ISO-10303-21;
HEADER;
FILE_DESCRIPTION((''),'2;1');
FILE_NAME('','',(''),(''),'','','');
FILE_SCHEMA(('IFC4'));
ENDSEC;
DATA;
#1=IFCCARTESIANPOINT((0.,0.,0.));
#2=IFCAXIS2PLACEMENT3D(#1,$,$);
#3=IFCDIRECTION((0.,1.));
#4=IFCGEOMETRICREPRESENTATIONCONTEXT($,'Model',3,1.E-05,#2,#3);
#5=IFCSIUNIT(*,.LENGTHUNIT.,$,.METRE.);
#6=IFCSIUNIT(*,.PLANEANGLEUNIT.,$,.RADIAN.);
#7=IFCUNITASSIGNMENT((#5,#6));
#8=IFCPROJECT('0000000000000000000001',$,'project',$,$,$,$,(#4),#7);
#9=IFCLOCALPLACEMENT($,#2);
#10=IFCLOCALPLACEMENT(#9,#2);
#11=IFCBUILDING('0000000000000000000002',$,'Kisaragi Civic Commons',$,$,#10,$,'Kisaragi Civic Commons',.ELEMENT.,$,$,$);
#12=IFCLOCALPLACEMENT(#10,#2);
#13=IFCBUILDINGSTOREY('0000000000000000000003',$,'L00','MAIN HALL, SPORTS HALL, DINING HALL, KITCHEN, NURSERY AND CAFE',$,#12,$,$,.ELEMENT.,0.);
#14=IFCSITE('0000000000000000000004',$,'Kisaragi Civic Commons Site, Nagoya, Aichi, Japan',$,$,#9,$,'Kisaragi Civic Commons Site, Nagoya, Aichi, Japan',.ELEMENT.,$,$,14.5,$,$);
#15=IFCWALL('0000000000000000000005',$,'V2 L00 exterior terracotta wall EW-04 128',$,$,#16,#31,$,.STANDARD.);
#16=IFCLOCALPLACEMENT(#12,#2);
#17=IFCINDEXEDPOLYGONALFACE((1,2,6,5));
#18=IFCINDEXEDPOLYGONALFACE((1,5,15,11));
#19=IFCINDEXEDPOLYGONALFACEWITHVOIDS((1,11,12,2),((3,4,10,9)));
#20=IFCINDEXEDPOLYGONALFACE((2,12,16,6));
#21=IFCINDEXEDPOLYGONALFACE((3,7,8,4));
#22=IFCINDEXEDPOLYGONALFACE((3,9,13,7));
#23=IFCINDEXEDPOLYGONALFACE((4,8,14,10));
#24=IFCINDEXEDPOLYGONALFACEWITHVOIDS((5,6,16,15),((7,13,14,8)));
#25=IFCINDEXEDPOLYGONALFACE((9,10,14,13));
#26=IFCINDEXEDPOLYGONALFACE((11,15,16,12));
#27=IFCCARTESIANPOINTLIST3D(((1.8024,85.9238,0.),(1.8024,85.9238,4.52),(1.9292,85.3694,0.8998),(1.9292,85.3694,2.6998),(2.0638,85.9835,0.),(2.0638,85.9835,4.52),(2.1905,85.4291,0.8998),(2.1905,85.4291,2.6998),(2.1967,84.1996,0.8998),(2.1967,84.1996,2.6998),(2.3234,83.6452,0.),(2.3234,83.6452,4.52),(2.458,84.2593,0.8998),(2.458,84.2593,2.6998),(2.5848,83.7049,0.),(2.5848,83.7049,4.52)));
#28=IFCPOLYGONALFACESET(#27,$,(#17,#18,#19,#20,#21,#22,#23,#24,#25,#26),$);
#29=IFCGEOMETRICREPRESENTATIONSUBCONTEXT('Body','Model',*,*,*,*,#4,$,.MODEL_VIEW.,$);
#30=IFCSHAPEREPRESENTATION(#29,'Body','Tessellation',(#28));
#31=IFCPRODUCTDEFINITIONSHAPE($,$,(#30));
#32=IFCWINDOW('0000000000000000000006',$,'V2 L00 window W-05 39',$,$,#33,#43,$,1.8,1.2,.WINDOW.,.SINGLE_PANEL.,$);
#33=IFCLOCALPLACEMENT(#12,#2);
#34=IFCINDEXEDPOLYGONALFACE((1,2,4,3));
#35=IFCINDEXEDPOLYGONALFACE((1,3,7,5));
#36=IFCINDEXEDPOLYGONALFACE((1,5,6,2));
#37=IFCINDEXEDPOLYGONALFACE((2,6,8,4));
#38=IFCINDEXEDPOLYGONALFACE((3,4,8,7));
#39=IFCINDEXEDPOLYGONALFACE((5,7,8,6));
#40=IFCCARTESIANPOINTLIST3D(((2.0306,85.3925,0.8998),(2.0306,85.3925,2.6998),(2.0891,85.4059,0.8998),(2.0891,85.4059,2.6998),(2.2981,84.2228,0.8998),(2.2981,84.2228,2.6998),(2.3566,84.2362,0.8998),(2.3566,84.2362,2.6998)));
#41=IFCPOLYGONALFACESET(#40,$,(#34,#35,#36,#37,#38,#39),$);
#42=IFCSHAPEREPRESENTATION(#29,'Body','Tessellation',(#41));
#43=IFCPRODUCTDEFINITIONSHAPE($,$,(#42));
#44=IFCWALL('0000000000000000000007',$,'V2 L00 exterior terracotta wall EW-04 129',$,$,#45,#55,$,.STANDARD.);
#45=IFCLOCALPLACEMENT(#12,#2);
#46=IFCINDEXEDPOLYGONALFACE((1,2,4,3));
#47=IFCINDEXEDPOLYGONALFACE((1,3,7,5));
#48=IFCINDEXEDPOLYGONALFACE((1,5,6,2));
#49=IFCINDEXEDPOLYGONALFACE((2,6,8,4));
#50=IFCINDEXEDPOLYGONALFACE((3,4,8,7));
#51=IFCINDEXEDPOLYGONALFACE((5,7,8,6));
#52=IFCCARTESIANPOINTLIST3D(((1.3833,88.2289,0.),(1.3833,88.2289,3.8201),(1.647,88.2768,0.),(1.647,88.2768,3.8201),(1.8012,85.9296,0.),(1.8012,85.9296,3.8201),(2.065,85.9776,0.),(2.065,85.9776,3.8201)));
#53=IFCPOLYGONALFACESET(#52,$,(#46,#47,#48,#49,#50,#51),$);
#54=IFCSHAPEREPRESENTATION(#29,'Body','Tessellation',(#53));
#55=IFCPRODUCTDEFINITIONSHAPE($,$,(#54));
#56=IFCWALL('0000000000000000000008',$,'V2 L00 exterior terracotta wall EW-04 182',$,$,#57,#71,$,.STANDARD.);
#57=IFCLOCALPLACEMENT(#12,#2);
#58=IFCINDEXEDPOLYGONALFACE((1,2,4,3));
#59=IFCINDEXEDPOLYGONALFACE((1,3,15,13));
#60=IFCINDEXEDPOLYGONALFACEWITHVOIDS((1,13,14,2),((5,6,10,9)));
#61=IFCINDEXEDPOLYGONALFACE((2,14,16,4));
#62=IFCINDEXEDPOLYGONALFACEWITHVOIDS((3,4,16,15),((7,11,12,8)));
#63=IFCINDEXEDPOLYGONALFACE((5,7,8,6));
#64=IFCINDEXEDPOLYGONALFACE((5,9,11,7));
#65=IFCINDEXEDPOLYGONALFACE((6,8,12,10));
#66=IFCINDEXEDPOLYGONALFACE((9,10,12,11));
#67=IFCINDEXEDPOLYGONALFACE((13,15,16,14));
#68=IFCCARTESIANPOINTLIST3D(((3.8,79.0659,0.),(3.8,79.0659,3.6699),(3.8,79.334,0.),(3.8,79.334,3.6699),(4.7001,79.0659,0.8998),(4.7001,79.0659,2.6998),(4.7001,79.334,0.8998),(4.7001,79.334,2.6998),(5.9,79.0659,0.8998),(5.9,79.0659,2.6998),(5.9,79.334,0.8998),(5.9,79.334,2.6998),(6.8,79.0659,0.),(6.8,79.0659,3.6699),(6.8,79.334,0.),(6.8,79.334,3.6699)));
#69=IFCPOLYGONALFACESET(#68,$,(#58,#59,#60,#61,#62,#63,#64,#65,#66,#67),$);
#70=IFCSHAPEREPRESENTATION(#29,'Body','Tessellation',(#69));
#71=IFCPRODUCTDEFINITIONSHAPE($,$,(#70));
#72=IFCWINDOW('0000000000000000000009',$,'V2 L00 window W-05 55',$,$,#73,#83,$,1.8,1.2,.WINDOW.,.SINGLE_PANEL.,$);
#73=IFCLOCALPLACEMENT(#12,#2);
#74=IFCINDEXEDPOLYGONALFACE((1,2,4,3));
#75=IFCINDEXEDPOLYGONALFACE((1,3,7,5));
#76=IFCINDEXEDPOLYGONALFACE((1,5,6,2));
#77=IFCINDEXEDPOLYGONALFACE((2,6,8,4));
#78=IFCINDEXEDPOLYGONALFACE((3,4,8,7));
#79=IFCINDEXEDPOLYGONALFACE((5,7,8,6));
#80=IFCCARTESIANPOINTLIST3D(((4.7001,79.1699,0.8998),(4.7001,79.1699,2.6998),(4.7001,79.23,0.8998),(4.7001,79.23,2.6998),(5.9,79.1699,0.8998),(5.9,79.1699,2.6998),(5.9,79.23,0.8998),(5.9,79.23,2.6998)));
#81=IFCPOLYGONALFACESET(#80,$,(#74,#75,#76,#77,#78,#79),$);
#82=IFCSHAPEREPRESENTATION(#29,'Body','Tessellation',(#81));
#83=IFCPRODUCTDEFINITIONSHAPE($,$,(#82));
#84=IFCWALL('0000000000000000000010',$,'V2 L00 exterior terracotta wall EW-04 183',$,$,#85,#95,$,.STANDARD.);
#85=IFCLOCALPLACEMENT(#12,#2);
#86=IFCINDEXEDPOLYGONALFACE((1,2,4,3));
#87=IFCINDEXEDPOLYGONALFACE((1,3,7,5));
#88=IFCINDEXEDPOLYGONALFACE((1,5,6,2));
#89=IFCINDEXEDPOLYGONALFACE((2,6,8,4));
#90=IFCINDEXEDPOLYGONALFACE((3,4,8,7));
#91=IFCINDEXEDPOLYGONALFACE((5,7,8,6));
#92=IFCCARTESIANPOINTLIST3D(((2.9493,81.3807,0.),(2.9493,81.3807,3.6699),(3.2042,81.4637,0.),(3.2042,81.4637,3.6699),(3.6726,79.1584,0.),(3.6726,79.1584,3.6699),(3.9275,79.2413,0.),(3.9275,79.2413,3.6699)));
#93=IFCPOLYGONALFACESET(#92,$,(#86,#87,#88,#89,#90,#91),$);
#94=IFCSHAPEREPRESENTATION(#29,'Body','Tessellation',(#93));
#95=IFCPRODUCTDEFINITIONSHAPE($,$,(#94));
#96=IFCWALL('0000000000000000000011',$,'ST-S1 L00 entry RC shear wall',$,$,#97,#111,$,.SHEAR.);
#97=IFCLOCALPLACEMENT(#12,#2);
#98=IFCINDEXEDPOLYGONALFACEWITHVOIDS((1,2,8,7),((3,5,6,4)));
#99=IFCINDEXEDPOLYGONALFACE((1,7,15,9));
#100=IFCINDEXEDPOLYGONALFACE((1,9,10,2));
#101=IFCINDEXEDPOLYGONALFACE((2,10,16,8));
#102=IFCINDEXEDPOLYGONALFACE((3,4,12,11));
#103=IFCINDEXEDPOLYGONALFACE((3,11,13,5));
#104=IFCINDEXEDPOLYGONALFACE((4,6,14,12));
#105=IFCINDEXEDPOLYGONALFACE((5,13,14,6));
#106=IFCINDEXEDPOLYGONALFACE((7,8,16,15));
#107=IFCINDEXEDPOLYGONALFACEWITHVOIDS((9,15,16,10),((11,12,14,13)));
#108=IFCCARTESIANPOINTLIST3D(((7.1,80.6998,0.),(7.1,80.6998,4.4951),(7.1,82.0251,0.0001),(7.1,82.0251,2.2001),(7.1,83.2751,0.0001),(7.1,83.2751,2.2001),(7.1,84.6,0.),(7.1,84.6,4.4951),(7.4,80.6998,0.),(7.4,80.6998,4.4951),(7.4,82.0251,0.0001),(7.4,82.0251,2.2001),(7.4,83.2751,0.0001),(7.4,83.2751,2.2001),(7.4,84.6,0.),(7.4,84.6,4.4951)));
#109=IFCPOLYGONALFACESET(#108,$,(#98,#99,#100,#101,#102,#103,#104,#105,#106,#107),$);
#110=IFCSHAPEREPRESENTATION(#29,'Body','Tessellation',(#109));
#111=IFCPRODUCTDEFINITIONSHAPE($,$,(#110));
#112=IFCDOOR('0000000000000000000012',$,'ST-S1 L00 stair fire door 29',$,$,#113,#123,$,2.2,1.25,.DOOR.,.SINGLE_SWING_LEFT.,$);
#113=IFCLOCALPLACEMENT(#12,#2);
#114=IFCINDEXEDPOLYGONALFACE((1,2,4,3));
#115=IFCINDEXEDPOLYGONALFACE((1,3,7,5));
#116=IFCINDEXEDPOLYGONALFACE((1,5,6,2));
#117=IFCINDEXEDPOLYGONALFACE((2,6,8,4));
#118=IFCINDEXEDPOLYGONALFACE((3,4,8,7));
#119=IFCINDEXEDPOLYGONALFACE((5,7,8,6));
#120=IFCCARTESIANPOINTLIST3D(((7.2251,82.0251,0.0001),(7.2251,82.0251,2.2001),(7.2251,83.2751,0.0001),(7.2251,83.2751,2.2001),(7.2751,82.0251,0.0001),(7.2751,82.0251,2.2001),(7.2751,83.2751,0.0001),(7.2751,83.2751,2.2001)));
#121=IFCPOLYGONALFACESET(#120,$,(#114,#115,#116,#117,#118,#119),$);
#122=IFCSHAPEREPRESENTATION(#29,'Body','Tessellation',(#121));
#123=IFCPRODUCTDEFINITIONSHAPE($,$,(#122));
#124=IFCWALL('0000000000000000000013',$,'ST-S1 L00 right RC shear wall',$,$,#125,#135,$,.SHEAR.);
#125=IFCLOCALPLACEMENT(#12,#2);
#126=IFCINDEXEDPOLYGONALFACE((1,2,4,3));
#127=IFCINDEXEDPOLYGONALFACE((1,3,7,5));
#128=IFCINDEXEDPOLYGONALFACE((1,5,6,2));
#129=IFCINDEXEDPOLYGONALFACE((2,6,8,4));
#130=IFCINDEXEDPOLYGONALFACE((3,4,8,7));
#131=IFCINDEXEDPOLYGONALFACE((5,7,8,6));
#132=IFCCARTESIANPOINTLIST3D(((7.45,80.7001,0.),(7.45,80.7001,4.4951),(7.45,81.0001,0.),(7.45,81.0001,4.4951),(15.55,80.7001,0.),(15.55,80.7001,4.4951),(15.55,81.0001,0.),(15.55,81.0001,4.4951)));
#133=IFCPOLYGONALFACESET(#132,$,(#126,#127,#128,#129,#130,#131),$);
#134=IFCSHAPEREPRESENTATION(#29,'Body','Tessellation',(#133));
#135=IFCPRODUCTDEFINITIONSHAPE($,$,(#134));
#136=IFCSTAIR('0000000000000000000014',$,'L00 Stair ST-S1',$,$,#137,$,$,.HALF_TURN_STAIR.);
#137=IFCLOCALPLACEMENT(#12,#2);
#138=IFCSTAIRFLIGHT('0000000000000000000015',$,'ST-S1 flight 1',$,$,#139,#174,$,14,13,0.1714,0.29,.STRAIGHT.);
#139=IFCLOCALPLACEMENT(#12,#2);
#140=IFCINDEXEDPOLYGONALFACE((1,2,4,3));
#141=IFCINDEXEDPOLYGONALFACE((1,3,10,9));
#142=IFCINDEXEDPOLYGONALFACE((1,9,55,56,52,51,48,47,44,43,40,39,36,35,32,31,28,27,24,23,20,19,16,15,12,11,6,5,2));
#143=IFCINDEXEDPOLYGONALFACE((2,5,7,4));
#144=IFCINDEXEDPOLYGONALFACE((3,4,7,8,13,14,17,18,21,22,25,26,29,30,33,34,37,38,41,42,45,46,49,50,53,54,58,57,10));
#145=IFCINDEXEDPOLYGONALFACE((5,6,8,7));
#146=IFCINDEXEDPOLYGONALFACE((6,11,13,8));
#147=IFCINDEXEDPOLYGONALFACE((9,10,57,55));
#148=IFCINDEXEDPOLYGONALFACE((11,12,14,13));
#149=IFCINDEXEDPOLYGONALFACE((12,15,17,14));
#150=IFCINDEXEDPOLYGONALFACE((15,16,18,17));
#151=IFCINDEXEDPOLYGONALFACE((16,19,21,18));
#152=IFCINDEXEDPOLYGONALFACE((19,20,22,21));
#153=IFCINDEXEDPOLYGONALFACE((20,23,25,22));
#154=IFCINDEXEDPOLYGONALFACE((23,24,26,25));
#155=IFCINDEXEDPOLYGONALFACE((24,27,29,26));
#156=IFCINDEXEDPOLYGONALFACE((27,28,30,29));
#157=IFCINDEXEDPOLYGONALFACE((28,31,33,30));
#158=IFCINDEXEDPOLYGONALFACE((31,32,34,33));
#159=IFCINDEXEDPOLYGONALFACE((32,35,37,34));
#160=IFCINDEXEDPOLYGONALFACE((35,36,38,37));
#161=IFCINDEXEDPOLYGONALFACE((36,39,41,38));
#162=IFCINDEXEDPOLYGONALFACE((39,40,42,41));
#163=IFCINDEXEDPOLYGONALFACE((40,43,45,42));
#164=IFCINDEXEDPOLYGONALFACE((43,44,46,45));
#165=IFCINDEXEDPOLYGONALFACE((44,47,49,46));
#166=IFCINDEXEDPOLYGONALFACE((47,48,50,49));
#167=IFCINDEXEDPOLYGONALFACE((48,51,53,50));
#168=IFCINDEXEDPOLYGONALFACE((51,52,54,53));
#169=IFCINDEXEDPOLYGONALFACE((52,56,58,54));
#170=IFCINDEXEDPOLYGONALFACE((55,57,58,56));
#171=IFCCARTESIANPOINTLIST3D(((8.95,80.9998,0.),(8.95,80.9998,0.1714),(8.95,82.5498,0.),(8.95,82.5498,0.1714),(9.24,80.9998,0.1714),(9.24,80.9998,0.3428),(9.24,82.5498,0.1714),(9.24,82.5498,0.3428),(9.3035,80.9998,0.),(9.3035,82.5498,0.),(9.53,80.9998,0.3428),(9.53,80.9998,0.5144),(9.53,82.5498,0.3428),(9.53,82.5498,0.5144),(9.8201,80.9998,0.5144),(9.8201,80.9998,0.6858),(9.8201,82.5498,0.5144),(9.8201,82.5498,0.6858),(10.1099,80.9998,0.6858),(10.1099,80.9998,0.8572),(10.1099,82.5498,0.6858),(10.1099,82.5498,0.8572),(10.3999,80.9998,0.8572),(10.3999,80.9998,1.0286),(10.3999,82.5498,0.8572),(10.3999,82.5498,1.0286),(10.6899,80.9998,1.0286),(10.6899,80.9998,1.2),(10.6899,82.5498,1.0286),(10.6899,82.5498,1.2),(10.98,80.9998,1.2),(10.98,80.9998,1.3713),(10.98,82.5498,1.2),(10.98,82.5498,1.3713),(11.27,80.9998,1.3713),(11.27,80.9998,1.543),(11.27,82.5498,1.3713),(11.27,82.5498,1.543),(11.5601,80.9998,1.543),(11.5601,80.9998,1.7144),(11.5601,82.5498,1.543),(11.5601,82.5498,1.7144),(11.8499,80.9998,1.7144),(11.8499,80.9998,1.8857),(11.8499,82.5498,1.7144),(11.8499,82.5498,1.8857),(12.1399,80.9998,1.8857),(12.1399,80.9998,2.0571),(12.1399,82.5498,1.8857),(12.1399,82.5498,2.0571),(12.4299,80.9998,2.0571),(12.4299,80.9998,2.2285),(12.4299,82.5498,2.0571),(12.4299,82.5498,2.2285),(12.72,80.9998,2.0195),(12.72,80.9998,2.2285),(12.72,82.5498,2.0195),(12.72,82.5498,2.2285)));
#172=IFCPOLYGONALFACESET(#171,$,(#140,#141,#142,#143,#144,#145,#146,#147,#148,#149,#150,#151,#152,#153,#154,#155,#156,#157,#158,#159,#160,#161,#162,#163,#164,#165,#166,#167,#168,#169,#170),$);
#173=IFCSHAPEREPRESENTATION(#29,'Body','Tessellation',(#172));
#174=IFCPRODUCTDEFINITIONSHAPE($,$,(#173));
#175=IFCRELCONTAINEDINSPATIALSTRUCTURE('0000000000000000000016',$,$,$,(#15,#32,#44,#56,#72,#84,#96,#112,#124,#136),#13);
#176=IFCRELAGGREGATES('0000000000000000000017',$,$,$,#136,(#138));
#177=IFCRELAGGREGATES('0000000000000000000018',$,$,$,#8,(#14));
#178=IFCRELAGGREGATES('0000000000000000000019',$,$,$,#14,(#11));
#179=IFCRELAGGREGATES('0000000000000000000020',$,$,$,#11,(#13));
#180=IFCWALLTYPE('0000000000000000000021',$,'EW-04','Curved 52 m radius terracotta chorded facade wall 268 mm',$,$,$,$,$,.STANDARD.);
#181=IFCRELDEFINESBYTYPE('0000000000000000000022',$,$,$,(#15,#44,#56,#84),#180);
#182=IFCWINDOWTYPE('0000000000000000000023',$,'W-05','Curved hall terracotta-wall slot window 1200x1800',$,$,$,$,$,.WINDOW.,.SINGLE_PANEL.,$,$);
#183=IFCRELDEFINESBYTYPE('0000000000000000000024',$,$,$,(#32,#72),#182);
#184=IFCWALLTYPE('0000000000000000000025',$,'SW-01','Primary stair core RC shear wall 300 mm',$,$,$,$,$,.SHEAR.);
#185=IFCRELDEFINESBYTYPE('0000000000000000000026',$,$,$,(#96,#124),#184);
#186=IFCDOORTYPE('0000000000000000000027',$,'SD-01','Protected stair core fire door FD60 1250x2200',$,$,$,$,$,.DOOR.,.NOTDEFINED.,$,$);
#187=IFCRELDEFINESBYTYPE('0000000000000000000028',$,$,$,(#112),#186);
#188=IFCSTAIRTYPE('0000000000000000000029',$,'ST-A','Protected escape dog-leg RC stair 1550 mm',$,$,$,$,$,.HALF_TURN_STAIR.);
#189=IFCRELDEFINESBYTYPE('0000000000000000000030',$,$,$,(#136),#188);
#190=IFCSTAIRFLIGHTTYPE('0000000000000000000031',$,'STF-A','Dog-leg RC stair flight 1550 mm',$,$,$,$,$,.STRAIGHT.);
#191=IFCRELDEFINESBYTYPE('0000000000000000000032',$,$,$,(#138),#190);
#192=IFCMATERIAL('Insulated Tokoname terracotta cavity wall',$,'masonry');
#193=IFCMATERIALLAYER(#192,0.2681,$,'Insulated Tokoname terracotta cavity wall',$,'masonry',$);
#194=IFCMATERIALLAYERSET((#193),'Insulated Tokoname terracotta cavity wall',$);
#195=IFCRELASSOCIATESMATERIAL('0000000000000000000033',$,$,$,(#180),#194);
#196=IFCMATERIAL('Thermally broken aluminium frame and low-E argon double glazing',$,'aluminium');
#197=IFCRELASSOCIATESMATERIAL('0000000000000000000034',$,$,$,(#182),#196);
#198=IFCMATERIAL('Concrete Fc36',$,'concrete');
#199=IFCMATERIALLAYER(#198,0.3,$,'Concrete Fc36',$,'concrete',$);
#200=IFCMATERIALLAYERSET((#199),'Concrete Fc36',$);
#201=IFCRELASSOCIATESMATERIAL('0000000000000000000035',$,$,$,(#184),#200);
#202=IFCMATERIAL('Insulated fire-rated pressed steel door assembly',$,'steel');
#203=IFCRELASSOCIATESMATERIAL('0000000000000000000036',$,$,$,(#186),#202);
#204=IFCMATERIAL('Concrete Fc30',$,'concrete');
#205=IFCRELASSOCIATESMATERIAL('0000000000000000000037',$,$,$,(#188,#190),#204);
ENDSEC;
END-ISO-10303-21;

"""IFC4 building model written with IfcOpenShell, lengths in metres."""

from ifc_helpers import new_model, si_unit, direction, frame, frame_2d, origin, place, context, subcontext, project, spatial, polyline, rectangle, outline, extrude, material, layer, layer_set, type_object, element, fill, aggregate, save


model = new_model("IFC4")

# Units and contexts
model_context = context("Model", 3, precision=1e-05, world=origin(), true_north=direction((0.0, 1.0)))
body_context = subcontext(model_context, "Body", "Model", "MODEL_VIEW")
ifc_project = project(units=[si_unit("LENGTHUNIT", "METRE"), si_unit("PLANEANGLEUNIT", "RADIAN")], contexts=[model_context])

# Site, building, storey
site_placement = place(None, origin())
site = spatial("IfcSite", under=ifc_project, at=site_placement, Name="Kisaragi Civic Commons Site, Nagoya, Aichi, Japan", LongName="Kisaragi Civic Commons Site, Nagoya, Aichi, Japan", CompositionType="ELEMENT", RefElevation=14.5)
building_placement = place(site_placement, origin())
building = spatial("IfcBuilding", under=site, at=building_placement, Name="Kisaragi Civic Commons", LongName="Kisaragi Civic Commons", CompositionType="ELEMENT")
storey_placement = place(building_placement, origin())
storey = spatial("IfcBuildingStorey", under=building, at=storey_placement, Name="L00", Description="MAIN HALL, SPORTS HALL, DINING HALL, KITCHEN, NURSERY AND CAFE", CompositionType="ELEMENT", Elevation=0.0)

# Shared definitions
ifc_material_1 = material(Name="Concrete Fc36", Category="concrete")
ifc_material_2 = material(Name="Concrete Fc30", Category="concrete")

# Shared definitions
ifc_material_3 = material(Name="Insulated Tokoname terracotta cavity wall", Category="masonry")
ifc_layer_1 = layer(ifc_material_3, 0.2681, Name="Insulated Tokoname terracotta cavity wall", Category="masonry")
ifc_layer_set_1 = layer_set([ifc_layer_1], Name="Insulated Tokoname terracotta cavity wall")
wall_type_1 = type_object("IfcWallType", Name="EW-04", Description="Curved 52 m radius terracotta chorded facade wall 268 mm", PredefinedType="STANDARD", material=ifc_layer_set_1)

# Wall, opening, window
wall_1_placement = place(storey_placement, frame((2.4541, 83.675, 0.0), z_axis=(0.0, 0.0, 1.0), x_axis=(-0.222899, 0.974842, 0.0)))
wall_1 = element("IfcWall", 1, at=wall_1_placement, inside=storey, type_object=wall_type_1, Name="V2 L00 exterior terracotta wall EW-04 128", PredefinedType="STANDARD", context=body_context, shape_type="SweptSolid", body=[
    extrude(rectangle(XDim=2.3374, YDim=0.2681, at=frame_2d((1.1687, 0.0))), origin(), (0.0, 0.0, 1.0), 4.52),
])
opening_1_placement = place(wall_1_placement, frame((0.5686, 0.0, 0.8999)))
opening_1 = element("IfcOpeningElement", 2, at=opening_1_placement, cuts=wall_1, PredefinedType="OPENING", context=body_context, shape_type="SweptSolid", body=[
    extrude(rectangle(XDim=1.2, YDim=1.8, at=frame_2d((0.6001, 0.8999))), frame((0.0, 0.144, 0.0), z_axis=(0.0, -1.0, 0.0), x_axis=(1.0, 0.0, 0.0)), (0.0, 0.0, 1.0), 0.2881),
])
ifc_material_4 = material(Name="Thermally broken aluminium frame and low-E argon double glazing", Category="aluminium")
window_type = type_object("IfcWindowType", Name="W-05", Description="Curved hall terracotta-wall slot window 1200x1800", PartitioningType="SINGLE_PANEL", PredefinedType="WINDOW", material=ifc_material_4)
window_1_placement = place(opening_1_placement, origin())
window_1 = element("IfcWindow", 3, at=window_1_placement, inside=storey, type_object=window_type, Name="V2 L00 window W-05 39", OverallHeight=1.8, OverallWidth=1.2, PartitioningType="SINGLE_PANEL", PredefinedType="WINDOW", context=body_context, shape_type="SweptSolid", body=[
    extrude(rectangle(XDim=1.2, YDim=1.8, at=frame_2d((0.6001, 0.8999))), frame((0.0, 0.03, 0.0), z_axis=(0.0, -1.0, 0.0), x_axis=(1.0, 0.0, 0.0)), (0.0, 0.0, 1.0), 0.0601),
])
fill(opening_1, window_1)

# Wall
wall_2_placement = place(storey_placement, frame((1.9331, 85.9536, 0.0), z_axis=(0.0, 0.0, 1.0), x_axis=(-0.178849, 0.983877, 0.0)))
element("IfcWall", 4, at=wall_2_placement, inside=storey, type_object=wall_type_1, Name="V2 L00 exterior terracotta wall EW-04 129", PredefinedType="STANDARD", context=body_context, shape_type="SweptSolid", body=[
    extrude(rectangle(XDim=2.3369, YDim=0.2681, at=frame_2d((1.1685, 0.0))), origin(), (0.0, 0.0, 1.0), 3.8201),
])

# Wall, opening, window
wall_3_placement = place(storey_placement, frame((6.8, 79.2, 0.0), z_axis=(0.0, 0.0, 1.0), x_axis=(-1.0, 0.0, 0.0)))
wall_3 = element("IfcWall", 5, at=wall_3_placement, inside=storey, type_object=wall_type_1, Name="V2 L00 exterior terracotta wall EW-04 182", PredefinedType="STANDARD", context=body_context, shape_type="SweptSolid", body=[
    extrude(rectangle(XDim=3.0, YDim=0.2681, at=frame_2d((1.5, 0.0))), origin(), (0.0, 0.0, 1.0), 3.6699),
])
opening_2_placement = place(wall_3_placement, frame((0.8999, 0.0, 0.8999)))
opening_2 = element("IfcOpeningElement", 6, at=opening_2_placement, cuts=wall_3, PredefinedType="OPENING", context=body_context, shape_type="SweptSolid", body=[
    extrude(rectangle(XDim=1.2, YDim=1.8, at=frame_2d((0.6001, 0.8999))), frame((0.0, 0.144, 0.0), z_axis=(0.0, -1.0, 0.0), x_axis=(1.0, 0.0, 0.0)), (0.0, 0.0, 1.0), 0.2881),
])
window_2_placement = place(opening_2_placement, origin())
window_2 = element("IfcWindow", 7, at=window_2_placement, inside=storey, type_object=window_type, Name="V2 L00 window W-05 55", OverallHeight=1.8, OverallWidth=1.2, PartitioningType="SINGLE_PANEL", PredefinedType="WINDOW", context=body_context, shape_type="SweptSolid", body=[
    extrude(rectangle(XDim=1.2, YDim=1.8, at=frame_2d((0.6001, 0.8999))), frame((0.0, 0.03, 0.0), z_axis=(0.0, -1.0, 0.0), x_axis=(1.0, 0.0, 0.0)), (0.0, 0.0, 1.0), 0.0601),
])
fill(opening_2, window_2)

# Wall
wall_4_placement = place(storey_placement, frame((3.8, 79.2, 0.0), z_axis=(0.0, 0.0, 1.0), x_axis=(-0.309514, 0.950895, 0.0)))
element("IfcWall", 8, at=wall_4_placement, inside=storey, type_object=wall_type_1, Name="V2 L00 exterior terracotta wall EW-04 183", PredefinedType="STANDARD", context=body_context, shape_type="SweptSolid", body=[
    extrude(rectangle(XDim=2.3372, YDim=0.2681, at=frame_2d((1.1685, 0.0))), origin(), (0.0, 0.0, 1.0), 3.6699),
])

# Wall, opening, door
ifc_layer_2 = layer(ifc_material_1, 0.3, Name="Concrete Fc36", Category="concrete")
ifc_layer_set_2 = layer_set([ifc_layer_2], Name="Concrete Fc36")
wall_type_2 = type_object("IfcWallType", Name="SW-01", Description="Primary stair core RC shear wall 300 mm", PredefinedType="SHEAR", material=ifc_layer_set_2)
wall_5_placement = place(storey_placement, frame((7.25, 84.6001, 0.0), z_axis=(0.0, 0.0, 1.0), x_axis=(0.0, -1.0, 0.0)))
wall_5 = element("IfcWall", 9, at=wall_5_placement, inside=storey, type_object=wall_type_2, Name="ST-S1 L00 entry RC shear wall", PredefinedType="SHEAR", context=body_context, shape_type="SweptSolid", body=[
    extrude(rectangle(XDim=3.9001, YDim=0.3, at=frame_2d((1.9502, 0.0))), origin(), (0.0, 0.0, 1.0), 4.4951),
])
opening_3_placement = place(wall_5_placement, frame((1.325, 0.0, 0.0)))
opening_3 = element("IfcOpeningElement", 10, at=opening_3_placement, cuts=wall_5, PredefinedType="OPENING", context=body_context, shape_type="SweptSolid", body=[
    extrude(rectangle(XDim=1.25, YDim=2.2, at=frame_2d((0.625, 1.1001))), frame((0.0, 0.1599, 0.0), z_axis=(0.0, -1.0, 0.0), x_axis=(1.0, 0.0, 0.0)), (0.0, 0.0, 1.0), 0.3201),
])
ifc_material_5 = material(Name="Insulated fire-rated pressed steel door assembly", Category="steel")
door_type_1 = type_object("IfcDoorType", Name="SD-01", Description="Protected stair core fire door FD60 1250x2200", OperationType="NOTDEFINED", PredefinedType="DOOR", material=ifc_material_5)
door_1_placement = place(opening_3_placement, frame((1.25, 0.0, 0.0), z_axis=(0.0, 0.0, 1.0), x_axis=(-1.0, 0.0, 0.0)))
door_1 = element("IfcDoor", 11, at=door_1_placement, inside=storey, type_object=door_type_1, Name="ST-S1 L00 stair fire door 29", OperationType="SINGLE_SWING_LEFT", OverallHeight=2.2, OverallWidth=1.25, PredefinedType="DOOR", context=body_context, shape_type="SweptSolid", body=[
    extrude(rectangle(XDim=1.25, YDim=2.2, at=frame_2d((0.625, 1.1001))), frame((0.0, 0.0249, 0.0), z_axis=(0.0, -1.0, 0.0), x_axis=(1.0, 0.0, 0.0)), (0.0, 0.0, 1.0), 0.05),
])
fill(opening_3, door_1)

# Wall
wall_6_placement = place(storey_placement, frame((7.45, 80.8501, 0.0), z_axis=(0.0, 0.0, 1.0), x_axis=(1.0, 0.0, 0.0)))
element("IfcWall", 12, at=wall_6_placement, inside=storey, type_object=wall_type_2, Name="ST-S1 L00 right RC shear wall", PredefinedType="SHEAR", context=body_context, shape_type="SweptSolid", body=[
    extrude(rectangle(XDim=8.1001, YDim=0.3, at=frame_2d((4.05, 0.0))), origin(), (0.0, 0.0, 1.0), 4.4951),
])

# Stair, stair flight
stair_type = type_object("IfcStairType", Name="ST-A", Description="Protected escape dog-leg RC stair 1550 mm", PredefinedType="HALF_TURN_STAIR", material=ifc_material_2)
stair_placement = place(storey_placement, origin())
stair = element("IfcStair", 13, at=stair_placement, inside=storey, type_object=stair_type, Name="L00 Stair ST-S1", PredefinedType="HALF_TURN_STAIR")
stair_flight_type = type_object("IfcStairFlightType", Name="STF-A", Description="Dog-leg RC stair flight 1550 mm", PredefinedType="STRAIGHT", material=ifc_material_2)
stair_flight_1_placement = place(storey_placement, frame((8.95, 81.7749, 0.0), z_axis=(0.0, 0.0, 1.0), x_axis=(1.0, 0.0, 0.0)))
stair_flight_1 = element("IfcStairFlight", 14, at=stair_flight_1_placement, type_object=stair_flight_type, Name="ST-S1 flight 1", NumberOfRisers=14, NumberOfTreads=13, PredefinedType="STRAIGHT", RiserHeight=0.1714, TreadLength=0.29, context=body_context, shape_type="SweptSolid", body=[
    extrude(outline(polyline([(0.0, 0.0), (0.0, 0.1714), (0.29, 0.1714), (0.29, 0.3428), (0.5801, 0.3428), (0.5801, 0.5144), (0.8701, 0.5144), (0.8701, 0.6858), (1.1599, 0.6858), (1.1599, 0.8572), (1.45, 0.8572), (1.45, 1.0286), (1.74, 1.0286), (1.74, 1.2), (2.03, 1.2), (2.03, 1.3713), (2.3201, 1.3713), (2.3201, 1.543), (2.6101, 1.543), (2.6101, 1.7144), (2.8999, 1.7144), (2.8999, 1.8857), (3.1899, 1.8857), (3.1899, 2.0571), (3.48, 2.0571), (3.48, 2.2285), (3.77, 2.2285), (3.77, 2.3999), (3.77, 2.0195), (0.3535, 0.0), (0.0, 0.0)])), frame((0.0, 0.7749, 0.0), z_axis=(0.0, -1.0, 0.0), x_axis=(1.0, 0.0, 0.0)), (0.0, 0.0, 1.0), 1.55),
])
aggregate(stair, [stair_flight_1])

save(model, "model.ifc")
